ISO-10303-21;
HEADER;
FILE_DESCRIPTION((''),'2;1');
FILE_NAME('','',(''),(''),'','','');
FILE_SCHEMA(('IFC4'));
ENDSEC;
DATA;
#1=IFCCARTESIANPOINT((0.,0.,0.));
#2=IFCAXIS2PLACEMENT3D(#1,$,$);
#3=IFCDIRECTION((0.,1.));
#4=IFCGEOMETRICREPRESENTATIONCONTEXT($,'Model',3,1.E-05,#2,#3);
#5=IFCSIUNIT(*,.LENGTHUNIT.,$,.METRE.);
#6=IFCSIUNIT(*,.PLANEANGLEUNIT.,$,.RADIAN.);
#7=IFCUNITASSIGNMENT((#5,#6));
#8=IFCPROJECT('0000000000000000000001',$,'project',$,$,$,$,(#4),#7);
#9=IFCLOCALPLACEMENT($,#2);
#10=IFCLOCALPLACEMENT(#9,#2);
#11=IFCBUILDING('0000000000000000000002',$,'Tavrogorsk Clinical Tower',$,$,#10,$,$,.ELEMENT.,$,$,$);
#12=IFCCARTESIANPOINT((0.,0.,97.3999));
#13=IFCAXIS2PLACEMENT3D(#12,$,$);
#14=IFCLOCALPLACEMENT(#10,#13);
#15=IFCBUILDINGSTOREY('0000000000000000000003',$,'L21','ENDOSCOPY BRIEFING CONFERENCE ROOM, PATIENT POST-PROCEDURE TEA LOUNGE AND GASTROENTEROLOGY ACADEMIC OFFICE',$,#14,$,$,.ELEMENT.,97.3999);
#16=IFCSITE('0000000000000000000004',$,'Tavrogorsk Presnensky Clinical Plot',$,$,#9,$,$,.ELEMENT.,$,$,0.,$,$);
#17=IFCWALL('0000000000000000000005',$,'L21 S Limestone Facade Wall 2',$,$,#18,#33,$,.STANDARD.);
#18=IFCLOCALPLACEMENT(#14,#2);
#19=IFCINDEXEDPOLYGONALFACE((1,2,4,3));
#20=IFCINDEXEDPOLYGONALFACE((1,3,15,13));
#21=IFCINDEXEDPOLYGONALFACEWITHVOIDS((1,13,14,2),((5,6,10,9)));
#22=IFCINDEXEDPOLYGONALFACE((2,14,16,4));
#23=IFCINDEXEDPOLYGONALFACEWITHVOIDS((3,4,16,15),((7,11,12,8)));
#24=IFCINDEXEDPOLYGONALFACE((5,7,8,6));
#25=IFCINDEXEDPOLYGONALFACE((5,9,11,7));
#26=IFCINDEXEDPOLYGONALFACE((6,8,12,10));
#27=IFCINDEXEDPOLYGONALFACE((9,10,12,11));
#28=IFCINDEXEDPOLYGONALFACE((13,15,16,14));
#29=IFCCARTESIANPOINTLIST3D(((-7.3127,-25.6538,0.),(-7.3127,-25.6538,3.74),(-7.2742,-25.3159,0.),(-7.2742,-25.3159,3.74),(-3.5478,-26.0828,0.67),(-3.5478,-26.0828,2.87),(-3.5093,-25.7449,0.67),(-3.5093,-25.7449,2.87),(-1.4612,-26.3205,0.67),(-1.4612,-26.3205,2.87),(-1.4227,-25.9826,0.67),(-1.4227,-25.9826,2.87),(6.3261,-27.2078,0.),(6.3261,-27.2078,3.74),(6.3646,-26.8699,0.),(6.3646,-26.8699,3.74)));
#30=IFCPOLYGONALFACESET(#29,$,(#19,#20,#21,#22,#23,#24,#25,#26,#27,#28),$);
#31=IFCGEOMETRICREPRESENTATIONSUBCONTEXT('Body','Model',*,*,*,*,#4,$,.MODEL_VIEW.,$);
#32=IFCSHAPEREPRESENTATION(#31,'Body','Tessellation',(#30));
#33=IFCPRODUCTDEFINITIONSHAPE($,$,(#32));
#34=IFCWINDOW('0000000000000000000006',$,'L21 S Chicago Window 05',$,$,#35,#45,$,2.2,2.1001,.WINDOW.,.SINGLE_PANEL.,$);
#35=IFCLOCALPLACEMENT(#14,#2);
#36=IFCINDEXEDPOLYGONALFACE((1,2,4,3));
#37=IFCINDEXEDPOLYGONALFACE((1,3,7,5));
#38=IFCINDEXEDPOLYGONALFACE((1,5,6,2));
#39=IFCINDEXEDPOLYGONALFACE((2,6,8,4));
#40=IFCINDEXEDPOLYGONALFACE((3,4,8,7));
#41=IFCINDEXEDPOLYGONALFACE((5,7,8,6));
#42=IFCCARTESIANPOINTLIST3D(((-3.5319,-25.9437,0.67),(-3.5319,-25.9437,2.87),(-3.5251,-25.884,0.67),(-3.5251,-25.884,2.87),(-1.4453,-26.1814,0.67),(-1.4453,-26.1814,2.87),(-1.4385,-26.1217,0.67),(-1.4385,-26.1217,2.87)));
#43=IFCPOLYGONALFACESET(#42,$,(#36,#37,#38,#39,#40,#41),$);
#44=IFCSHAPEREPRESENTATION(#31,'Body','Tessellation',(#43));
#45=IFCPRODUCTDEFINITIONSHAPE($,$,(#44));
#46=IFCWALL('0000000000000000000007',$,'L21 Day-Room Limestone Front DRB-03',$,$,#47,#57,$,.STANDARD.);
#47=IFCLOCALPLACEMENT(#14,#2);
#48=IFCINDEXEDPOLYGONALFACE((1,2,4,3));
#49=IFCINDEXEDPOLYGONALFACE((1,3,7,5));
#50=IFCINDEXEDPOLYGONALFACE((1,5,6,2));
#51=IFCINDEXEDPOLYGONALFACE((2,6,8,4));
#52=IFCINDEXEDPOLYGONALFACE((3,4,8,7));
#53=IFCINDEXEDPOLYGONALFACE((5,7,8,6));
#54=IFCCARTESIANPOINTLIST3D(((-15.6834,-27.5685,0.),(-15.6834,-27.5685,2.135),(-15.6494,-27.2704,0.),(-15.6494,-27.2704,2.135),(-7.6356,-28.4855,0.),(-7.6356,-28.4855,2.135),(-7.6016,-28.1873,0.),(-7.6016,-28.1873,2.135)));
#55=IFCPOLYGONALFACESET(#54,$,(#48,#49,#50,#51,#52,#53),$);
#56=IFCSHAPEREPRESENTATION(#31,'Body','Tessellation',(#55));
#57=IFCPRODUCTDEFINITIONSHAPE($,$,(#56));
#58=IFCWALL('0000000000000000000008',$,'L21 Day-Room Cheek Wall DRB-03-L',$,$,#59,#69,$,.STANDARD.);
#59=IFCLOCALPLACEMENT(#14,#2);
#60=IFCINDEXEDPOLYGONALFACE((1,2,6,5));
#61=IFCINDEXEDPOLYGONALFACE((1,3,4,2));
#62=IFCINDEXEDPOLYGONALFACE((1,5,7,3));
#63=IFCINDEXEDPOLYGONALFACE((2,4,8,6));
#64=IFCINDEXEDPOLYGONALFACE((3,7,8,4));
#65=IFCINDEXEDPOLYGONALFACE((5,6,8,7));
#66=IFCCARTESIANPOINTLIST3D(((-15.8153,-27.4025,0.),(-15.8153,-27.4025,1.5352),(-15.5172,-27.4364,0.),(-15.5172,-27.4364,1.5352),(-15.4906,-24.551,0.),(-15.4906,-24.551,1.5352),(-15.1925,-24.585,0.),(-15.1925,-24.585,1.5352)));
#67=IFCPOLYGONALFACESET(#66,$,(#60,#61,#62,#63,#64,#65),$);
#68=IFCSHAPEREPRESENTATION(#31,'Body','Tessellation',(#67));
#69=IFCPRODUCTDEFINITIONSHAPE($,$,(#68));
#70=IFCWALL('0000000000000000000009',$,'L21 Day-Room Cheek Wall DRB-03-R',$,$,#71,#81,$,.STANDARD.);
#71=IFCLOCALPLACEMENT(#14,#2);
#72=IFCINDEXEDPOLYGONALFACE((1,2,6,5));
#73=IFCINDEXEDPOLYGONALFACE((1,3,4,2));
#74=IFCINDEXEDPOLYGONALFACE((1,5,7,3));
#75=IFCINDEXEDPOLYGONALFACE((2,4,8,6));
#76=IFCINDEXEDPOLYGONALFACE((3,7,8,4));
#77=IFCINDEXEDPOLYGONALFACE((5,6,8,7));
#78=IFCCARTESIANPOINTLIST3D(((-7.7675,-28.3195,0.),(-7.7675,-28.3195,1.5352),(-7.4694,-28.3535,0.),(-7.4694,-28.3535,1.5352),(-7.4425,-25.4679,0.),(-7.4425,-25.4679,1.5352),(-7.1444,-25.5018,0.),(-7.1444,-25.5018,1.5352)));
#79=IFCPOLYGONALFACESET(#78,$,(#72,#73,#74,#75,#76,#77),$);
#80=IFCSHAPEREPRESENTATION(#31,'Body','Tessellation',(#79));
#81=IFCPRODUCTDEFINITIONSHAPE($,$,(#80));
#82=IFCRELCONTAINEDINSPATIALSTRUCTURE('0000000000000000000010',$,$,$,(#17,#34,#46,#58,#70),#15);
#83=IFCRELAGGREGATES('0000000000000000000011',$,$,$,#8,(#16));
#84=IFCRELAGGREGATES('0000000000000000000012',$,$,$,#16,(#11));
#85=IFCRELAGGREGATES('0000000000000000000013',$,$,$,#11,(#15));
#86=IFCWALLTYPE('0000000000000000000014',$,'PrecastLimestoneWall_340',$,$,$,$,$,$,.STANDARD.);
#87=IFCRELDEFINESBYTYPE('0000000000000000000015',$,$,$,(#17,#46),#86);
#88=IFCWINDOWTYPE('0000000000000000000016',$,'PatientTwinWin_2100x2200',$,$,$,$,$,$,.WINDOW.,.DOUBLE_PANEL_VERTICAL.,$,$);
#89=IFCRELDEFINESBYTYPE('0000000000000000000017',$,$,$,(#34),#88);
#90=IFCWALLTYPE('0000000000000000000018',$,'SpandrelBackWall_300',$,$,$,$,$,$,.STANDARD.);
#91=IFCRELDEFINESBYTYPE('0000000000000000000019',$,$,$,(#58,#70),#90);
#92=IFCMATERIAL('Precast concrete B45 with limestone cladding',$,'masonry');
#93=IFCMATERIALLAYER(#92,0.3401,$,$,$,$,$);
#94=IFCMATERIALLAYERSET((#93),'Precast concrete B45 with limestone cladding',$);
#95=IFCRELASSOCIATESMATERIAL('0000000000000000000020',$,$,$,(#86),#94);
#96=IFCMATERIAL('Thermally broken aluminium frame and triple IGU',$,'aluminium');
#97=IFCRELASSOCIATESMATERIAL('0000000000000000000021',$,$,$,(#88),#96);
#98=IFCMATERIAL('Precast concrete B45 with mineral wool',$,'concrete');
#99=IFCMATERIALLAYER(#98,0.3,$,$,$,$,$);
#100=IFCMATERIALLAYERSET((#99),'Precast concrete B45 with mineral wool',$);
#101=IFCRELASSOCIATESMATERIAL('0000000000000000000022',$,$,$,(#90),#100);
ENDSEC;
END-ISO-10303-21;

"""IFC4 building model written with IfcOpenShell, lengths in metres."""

from ifc_helpers import new_model, si_unit, direction, frame, frame_2d, origin, place, context, subcontext, project, spatial, rectangle, extrude, material, layer, layer_set, type_object, element, fill, save


model = new_model("IFC4")

# Units and contexts
model_context = context("Model", 3, precision=1e-05, world=origin(), true_north=direction((0.0, 1.0)))
body_context = subcontext(model_context, "Body", "Model", "MODEL_VIEW")
ifc_project = project(units=[si_unit("LENGTHUNIT", "METRE"), si_unit("PLANEANGLEUNIT", "RADIAN")], contexts=[model_context])

# Site, building, storey
site_placement = place(None, origin())
site = spatial("IfcSite", under=ifc_project, at=site_placement, Name="Tavrogorsk Presnensky Clinical Plot", CompositionType="ELEMENT", RefElevation=0.0)
building_placement = place(site_placement, origin())
building = spatial("IfcBuilding", under=site, at=building_placement, Name="Tavrogorsk Clinical Tower", CompositionType="ELEMENT")
storey_placement = place(building_placement, frame((0.0, 0.0, 97.3999)))
storey = spatial("IfcBuildingStorey", under=building, at=storey_placement, Name="L21", Description="ENDOSCOPY BRIEFING CONFERENCE ROOM, PATIENT POST-PROCEDURE TEA LOUNGE AND GASTROENTEROLOGY ACADEMIC OFFICE", CompositionType="ELEMENT", Elevation=97.3999)

# Wall, opening, window
ifc_material_1 = material(Name="Precast concrete B45 with limestone cladding", Category="masonry")
ifc_layer_1 = layer(ifc_material_1, 0.3401)
ifc_layer_set_1 = layer_set([ifc_layer_1], Name="Precast concrete B45 with limestone cladding")
wall_type_1 = type_object("IfcWallType", Name="PrecastLimestoneWall_340", PredefinedType="STANDARD", material=ifc_layer_set_1)
wall_1_placement = place(storey_placement, frame((-7.2935, -25.4849, 0.0), z_axis=(0.0, 0.0, 1.0), x_axis=(0.993572, -0.113203, 0.0)))
wall_1 = element("IfcWall", 1, at=wall_1_placement, inside=storey, type_object=wall_type_1, Name="L21 S Limestone Facade Wall 2", PredefinedType="STANDARD", context=body_context, shape_type="SweptSolid", body=[
    extrude(rectangle(XDim=13.7271, YDim=0.3401, at=frame_2d((6.8635, 0.0))), origin(), (0.0, 0.0, 1.0), 3.74),
])
opening_1_placement = place(wall_1_placement, frame((3.7893, 0.0, 0.6699)))
opening_1 = element("IfcOpeningElement", 2, at=opening_1_placement, cuts=wall_1, PredefinedType="OPENING", context=body_context, shape_type="SweptSolid", body=[
    extrude(rectangle(XDim=2.1001, YDim=2.2, at=frame_2d((1.05, 1.1001))), frame((0.0, 0.1799, 0.0), z_axis=(0.0, -1.0, 0.0), x_axis=(1.0, 0.0, 0.0)), (0.0, 0.0, 1.0), 0.3601),
])
ifc_material_2 = material(Name="Thermally broken aluminium frame and triple IGU", Category="aluminium")
window_type = type_object("IfcWindowType", Name="PatientTwinWin_2100x2200", PartitioningType="DOUBLE_PANEL_VERTICAL", PredefinedType="WINDOW", material=ifc_material_2)
window_placement = place(opening_1_placement, origin())
window = element("IfcWindow", 3, at=window_placement, inside=storey, type_object=window_type, Name="L21 S Chicago Window 05", OverallHeight=2.2, OverallWidth=2.1001, PartitioningType="SINGLE_PANEL", PredefinedType="WINDOW", context=body_context, shape_type="SweptSolid", body=[
    extrude(rectangle(XDim=2.1001, YDim=2.2, at=frame_2d((1.05, 1.1001))), frame((0.0, 0.03, 0.0), z_axis=(0.0, -1.0, 0.0), x_axis=(1.0, 0.0, 0.0)), (0.0, 0.0, 1.0), 0.0601),
])
fill(opening_1, window)

# Walls
wall_2_placement = place(storey_placement, frame((-15.6663, -27.4194, 0.0), z_axis=(0.0, 0.0, 1.0), x_axis=(0.993571, -0.11321, 0.0)))
element("IfcWall", 4, at=wall_2_placement, inside=storey, type_object=wall_type_1, Name="L21 Day-Room Limestone Front DRB-03", PredefinedType="STANDARD", context=body_context, shape_type="SweptSolid", body=[
    extrude(rectangle(XDim=8.0999, YDim=0.3, at=frame_2d((4.0498, 0.0))), origin(), (0.0, 0.0, 1.0), 2.135),
])
ifc_material_3 = material(Name="Precast concrete B45 with mineral wool", Category="concrete")
ifc_layer_2 = layer(ifc_material_3, 0.3)
ifc_layer_set_2 = layer_set([ifc_layer_2], Name="Precast concrete B45 with mineral wool")
wall_type_2 = type_object("IfcWallType", Name="SpandrelBackWall_300", PredefinedType="STANDARD", material=ifc_layer_set_2)
wall_3_placement = place(storey_placement, frame((-15.3416, -24.5679, 0.0), z_axis=(0.0, 0.0, 1.0), x_axis=(-0.113139, -0.993579, 0.0)))
element("IfcWall", 5, at=wall_3_placement, inside=storey, type_object=wall_type_2, Name="L21 Day-Room Cheek Wall DRB-03-L", PredefinedType="STANDARD", context=body_context, shape_type="SweptSolid", body=[
    extrude(rectangle(XDim=2.8699, YDim=0.3, at=frame_2d((1.4351, 0.0))), origin(), (0.0, 0.0, 1.0), 1.5352),
])
wall_4_placement = place(storey_placement, frame((-7.2935, -25.4849, 0.0), z_axis=(0.0, 0.0, 1.0), x_axis=(-0.113223, -0.99357, 0.0)))
element("IfcWall", 6, at=wall_4_placement, inside=storey, type_object=wall_type_2, Name="L21 Day-Room Cheek Wall DRB-03-R", PredefinedType="STANDARD", context=body_context, shape_type="SweptSolid", body=[
    extrude(rectangle(XDim=2.8701, YDim=0.3, at=frame_2d((1.4351, 0.0))), origin(), (0.0, 0.0, 1.0), 1.5352),
])

save(model, "model.ifc")
